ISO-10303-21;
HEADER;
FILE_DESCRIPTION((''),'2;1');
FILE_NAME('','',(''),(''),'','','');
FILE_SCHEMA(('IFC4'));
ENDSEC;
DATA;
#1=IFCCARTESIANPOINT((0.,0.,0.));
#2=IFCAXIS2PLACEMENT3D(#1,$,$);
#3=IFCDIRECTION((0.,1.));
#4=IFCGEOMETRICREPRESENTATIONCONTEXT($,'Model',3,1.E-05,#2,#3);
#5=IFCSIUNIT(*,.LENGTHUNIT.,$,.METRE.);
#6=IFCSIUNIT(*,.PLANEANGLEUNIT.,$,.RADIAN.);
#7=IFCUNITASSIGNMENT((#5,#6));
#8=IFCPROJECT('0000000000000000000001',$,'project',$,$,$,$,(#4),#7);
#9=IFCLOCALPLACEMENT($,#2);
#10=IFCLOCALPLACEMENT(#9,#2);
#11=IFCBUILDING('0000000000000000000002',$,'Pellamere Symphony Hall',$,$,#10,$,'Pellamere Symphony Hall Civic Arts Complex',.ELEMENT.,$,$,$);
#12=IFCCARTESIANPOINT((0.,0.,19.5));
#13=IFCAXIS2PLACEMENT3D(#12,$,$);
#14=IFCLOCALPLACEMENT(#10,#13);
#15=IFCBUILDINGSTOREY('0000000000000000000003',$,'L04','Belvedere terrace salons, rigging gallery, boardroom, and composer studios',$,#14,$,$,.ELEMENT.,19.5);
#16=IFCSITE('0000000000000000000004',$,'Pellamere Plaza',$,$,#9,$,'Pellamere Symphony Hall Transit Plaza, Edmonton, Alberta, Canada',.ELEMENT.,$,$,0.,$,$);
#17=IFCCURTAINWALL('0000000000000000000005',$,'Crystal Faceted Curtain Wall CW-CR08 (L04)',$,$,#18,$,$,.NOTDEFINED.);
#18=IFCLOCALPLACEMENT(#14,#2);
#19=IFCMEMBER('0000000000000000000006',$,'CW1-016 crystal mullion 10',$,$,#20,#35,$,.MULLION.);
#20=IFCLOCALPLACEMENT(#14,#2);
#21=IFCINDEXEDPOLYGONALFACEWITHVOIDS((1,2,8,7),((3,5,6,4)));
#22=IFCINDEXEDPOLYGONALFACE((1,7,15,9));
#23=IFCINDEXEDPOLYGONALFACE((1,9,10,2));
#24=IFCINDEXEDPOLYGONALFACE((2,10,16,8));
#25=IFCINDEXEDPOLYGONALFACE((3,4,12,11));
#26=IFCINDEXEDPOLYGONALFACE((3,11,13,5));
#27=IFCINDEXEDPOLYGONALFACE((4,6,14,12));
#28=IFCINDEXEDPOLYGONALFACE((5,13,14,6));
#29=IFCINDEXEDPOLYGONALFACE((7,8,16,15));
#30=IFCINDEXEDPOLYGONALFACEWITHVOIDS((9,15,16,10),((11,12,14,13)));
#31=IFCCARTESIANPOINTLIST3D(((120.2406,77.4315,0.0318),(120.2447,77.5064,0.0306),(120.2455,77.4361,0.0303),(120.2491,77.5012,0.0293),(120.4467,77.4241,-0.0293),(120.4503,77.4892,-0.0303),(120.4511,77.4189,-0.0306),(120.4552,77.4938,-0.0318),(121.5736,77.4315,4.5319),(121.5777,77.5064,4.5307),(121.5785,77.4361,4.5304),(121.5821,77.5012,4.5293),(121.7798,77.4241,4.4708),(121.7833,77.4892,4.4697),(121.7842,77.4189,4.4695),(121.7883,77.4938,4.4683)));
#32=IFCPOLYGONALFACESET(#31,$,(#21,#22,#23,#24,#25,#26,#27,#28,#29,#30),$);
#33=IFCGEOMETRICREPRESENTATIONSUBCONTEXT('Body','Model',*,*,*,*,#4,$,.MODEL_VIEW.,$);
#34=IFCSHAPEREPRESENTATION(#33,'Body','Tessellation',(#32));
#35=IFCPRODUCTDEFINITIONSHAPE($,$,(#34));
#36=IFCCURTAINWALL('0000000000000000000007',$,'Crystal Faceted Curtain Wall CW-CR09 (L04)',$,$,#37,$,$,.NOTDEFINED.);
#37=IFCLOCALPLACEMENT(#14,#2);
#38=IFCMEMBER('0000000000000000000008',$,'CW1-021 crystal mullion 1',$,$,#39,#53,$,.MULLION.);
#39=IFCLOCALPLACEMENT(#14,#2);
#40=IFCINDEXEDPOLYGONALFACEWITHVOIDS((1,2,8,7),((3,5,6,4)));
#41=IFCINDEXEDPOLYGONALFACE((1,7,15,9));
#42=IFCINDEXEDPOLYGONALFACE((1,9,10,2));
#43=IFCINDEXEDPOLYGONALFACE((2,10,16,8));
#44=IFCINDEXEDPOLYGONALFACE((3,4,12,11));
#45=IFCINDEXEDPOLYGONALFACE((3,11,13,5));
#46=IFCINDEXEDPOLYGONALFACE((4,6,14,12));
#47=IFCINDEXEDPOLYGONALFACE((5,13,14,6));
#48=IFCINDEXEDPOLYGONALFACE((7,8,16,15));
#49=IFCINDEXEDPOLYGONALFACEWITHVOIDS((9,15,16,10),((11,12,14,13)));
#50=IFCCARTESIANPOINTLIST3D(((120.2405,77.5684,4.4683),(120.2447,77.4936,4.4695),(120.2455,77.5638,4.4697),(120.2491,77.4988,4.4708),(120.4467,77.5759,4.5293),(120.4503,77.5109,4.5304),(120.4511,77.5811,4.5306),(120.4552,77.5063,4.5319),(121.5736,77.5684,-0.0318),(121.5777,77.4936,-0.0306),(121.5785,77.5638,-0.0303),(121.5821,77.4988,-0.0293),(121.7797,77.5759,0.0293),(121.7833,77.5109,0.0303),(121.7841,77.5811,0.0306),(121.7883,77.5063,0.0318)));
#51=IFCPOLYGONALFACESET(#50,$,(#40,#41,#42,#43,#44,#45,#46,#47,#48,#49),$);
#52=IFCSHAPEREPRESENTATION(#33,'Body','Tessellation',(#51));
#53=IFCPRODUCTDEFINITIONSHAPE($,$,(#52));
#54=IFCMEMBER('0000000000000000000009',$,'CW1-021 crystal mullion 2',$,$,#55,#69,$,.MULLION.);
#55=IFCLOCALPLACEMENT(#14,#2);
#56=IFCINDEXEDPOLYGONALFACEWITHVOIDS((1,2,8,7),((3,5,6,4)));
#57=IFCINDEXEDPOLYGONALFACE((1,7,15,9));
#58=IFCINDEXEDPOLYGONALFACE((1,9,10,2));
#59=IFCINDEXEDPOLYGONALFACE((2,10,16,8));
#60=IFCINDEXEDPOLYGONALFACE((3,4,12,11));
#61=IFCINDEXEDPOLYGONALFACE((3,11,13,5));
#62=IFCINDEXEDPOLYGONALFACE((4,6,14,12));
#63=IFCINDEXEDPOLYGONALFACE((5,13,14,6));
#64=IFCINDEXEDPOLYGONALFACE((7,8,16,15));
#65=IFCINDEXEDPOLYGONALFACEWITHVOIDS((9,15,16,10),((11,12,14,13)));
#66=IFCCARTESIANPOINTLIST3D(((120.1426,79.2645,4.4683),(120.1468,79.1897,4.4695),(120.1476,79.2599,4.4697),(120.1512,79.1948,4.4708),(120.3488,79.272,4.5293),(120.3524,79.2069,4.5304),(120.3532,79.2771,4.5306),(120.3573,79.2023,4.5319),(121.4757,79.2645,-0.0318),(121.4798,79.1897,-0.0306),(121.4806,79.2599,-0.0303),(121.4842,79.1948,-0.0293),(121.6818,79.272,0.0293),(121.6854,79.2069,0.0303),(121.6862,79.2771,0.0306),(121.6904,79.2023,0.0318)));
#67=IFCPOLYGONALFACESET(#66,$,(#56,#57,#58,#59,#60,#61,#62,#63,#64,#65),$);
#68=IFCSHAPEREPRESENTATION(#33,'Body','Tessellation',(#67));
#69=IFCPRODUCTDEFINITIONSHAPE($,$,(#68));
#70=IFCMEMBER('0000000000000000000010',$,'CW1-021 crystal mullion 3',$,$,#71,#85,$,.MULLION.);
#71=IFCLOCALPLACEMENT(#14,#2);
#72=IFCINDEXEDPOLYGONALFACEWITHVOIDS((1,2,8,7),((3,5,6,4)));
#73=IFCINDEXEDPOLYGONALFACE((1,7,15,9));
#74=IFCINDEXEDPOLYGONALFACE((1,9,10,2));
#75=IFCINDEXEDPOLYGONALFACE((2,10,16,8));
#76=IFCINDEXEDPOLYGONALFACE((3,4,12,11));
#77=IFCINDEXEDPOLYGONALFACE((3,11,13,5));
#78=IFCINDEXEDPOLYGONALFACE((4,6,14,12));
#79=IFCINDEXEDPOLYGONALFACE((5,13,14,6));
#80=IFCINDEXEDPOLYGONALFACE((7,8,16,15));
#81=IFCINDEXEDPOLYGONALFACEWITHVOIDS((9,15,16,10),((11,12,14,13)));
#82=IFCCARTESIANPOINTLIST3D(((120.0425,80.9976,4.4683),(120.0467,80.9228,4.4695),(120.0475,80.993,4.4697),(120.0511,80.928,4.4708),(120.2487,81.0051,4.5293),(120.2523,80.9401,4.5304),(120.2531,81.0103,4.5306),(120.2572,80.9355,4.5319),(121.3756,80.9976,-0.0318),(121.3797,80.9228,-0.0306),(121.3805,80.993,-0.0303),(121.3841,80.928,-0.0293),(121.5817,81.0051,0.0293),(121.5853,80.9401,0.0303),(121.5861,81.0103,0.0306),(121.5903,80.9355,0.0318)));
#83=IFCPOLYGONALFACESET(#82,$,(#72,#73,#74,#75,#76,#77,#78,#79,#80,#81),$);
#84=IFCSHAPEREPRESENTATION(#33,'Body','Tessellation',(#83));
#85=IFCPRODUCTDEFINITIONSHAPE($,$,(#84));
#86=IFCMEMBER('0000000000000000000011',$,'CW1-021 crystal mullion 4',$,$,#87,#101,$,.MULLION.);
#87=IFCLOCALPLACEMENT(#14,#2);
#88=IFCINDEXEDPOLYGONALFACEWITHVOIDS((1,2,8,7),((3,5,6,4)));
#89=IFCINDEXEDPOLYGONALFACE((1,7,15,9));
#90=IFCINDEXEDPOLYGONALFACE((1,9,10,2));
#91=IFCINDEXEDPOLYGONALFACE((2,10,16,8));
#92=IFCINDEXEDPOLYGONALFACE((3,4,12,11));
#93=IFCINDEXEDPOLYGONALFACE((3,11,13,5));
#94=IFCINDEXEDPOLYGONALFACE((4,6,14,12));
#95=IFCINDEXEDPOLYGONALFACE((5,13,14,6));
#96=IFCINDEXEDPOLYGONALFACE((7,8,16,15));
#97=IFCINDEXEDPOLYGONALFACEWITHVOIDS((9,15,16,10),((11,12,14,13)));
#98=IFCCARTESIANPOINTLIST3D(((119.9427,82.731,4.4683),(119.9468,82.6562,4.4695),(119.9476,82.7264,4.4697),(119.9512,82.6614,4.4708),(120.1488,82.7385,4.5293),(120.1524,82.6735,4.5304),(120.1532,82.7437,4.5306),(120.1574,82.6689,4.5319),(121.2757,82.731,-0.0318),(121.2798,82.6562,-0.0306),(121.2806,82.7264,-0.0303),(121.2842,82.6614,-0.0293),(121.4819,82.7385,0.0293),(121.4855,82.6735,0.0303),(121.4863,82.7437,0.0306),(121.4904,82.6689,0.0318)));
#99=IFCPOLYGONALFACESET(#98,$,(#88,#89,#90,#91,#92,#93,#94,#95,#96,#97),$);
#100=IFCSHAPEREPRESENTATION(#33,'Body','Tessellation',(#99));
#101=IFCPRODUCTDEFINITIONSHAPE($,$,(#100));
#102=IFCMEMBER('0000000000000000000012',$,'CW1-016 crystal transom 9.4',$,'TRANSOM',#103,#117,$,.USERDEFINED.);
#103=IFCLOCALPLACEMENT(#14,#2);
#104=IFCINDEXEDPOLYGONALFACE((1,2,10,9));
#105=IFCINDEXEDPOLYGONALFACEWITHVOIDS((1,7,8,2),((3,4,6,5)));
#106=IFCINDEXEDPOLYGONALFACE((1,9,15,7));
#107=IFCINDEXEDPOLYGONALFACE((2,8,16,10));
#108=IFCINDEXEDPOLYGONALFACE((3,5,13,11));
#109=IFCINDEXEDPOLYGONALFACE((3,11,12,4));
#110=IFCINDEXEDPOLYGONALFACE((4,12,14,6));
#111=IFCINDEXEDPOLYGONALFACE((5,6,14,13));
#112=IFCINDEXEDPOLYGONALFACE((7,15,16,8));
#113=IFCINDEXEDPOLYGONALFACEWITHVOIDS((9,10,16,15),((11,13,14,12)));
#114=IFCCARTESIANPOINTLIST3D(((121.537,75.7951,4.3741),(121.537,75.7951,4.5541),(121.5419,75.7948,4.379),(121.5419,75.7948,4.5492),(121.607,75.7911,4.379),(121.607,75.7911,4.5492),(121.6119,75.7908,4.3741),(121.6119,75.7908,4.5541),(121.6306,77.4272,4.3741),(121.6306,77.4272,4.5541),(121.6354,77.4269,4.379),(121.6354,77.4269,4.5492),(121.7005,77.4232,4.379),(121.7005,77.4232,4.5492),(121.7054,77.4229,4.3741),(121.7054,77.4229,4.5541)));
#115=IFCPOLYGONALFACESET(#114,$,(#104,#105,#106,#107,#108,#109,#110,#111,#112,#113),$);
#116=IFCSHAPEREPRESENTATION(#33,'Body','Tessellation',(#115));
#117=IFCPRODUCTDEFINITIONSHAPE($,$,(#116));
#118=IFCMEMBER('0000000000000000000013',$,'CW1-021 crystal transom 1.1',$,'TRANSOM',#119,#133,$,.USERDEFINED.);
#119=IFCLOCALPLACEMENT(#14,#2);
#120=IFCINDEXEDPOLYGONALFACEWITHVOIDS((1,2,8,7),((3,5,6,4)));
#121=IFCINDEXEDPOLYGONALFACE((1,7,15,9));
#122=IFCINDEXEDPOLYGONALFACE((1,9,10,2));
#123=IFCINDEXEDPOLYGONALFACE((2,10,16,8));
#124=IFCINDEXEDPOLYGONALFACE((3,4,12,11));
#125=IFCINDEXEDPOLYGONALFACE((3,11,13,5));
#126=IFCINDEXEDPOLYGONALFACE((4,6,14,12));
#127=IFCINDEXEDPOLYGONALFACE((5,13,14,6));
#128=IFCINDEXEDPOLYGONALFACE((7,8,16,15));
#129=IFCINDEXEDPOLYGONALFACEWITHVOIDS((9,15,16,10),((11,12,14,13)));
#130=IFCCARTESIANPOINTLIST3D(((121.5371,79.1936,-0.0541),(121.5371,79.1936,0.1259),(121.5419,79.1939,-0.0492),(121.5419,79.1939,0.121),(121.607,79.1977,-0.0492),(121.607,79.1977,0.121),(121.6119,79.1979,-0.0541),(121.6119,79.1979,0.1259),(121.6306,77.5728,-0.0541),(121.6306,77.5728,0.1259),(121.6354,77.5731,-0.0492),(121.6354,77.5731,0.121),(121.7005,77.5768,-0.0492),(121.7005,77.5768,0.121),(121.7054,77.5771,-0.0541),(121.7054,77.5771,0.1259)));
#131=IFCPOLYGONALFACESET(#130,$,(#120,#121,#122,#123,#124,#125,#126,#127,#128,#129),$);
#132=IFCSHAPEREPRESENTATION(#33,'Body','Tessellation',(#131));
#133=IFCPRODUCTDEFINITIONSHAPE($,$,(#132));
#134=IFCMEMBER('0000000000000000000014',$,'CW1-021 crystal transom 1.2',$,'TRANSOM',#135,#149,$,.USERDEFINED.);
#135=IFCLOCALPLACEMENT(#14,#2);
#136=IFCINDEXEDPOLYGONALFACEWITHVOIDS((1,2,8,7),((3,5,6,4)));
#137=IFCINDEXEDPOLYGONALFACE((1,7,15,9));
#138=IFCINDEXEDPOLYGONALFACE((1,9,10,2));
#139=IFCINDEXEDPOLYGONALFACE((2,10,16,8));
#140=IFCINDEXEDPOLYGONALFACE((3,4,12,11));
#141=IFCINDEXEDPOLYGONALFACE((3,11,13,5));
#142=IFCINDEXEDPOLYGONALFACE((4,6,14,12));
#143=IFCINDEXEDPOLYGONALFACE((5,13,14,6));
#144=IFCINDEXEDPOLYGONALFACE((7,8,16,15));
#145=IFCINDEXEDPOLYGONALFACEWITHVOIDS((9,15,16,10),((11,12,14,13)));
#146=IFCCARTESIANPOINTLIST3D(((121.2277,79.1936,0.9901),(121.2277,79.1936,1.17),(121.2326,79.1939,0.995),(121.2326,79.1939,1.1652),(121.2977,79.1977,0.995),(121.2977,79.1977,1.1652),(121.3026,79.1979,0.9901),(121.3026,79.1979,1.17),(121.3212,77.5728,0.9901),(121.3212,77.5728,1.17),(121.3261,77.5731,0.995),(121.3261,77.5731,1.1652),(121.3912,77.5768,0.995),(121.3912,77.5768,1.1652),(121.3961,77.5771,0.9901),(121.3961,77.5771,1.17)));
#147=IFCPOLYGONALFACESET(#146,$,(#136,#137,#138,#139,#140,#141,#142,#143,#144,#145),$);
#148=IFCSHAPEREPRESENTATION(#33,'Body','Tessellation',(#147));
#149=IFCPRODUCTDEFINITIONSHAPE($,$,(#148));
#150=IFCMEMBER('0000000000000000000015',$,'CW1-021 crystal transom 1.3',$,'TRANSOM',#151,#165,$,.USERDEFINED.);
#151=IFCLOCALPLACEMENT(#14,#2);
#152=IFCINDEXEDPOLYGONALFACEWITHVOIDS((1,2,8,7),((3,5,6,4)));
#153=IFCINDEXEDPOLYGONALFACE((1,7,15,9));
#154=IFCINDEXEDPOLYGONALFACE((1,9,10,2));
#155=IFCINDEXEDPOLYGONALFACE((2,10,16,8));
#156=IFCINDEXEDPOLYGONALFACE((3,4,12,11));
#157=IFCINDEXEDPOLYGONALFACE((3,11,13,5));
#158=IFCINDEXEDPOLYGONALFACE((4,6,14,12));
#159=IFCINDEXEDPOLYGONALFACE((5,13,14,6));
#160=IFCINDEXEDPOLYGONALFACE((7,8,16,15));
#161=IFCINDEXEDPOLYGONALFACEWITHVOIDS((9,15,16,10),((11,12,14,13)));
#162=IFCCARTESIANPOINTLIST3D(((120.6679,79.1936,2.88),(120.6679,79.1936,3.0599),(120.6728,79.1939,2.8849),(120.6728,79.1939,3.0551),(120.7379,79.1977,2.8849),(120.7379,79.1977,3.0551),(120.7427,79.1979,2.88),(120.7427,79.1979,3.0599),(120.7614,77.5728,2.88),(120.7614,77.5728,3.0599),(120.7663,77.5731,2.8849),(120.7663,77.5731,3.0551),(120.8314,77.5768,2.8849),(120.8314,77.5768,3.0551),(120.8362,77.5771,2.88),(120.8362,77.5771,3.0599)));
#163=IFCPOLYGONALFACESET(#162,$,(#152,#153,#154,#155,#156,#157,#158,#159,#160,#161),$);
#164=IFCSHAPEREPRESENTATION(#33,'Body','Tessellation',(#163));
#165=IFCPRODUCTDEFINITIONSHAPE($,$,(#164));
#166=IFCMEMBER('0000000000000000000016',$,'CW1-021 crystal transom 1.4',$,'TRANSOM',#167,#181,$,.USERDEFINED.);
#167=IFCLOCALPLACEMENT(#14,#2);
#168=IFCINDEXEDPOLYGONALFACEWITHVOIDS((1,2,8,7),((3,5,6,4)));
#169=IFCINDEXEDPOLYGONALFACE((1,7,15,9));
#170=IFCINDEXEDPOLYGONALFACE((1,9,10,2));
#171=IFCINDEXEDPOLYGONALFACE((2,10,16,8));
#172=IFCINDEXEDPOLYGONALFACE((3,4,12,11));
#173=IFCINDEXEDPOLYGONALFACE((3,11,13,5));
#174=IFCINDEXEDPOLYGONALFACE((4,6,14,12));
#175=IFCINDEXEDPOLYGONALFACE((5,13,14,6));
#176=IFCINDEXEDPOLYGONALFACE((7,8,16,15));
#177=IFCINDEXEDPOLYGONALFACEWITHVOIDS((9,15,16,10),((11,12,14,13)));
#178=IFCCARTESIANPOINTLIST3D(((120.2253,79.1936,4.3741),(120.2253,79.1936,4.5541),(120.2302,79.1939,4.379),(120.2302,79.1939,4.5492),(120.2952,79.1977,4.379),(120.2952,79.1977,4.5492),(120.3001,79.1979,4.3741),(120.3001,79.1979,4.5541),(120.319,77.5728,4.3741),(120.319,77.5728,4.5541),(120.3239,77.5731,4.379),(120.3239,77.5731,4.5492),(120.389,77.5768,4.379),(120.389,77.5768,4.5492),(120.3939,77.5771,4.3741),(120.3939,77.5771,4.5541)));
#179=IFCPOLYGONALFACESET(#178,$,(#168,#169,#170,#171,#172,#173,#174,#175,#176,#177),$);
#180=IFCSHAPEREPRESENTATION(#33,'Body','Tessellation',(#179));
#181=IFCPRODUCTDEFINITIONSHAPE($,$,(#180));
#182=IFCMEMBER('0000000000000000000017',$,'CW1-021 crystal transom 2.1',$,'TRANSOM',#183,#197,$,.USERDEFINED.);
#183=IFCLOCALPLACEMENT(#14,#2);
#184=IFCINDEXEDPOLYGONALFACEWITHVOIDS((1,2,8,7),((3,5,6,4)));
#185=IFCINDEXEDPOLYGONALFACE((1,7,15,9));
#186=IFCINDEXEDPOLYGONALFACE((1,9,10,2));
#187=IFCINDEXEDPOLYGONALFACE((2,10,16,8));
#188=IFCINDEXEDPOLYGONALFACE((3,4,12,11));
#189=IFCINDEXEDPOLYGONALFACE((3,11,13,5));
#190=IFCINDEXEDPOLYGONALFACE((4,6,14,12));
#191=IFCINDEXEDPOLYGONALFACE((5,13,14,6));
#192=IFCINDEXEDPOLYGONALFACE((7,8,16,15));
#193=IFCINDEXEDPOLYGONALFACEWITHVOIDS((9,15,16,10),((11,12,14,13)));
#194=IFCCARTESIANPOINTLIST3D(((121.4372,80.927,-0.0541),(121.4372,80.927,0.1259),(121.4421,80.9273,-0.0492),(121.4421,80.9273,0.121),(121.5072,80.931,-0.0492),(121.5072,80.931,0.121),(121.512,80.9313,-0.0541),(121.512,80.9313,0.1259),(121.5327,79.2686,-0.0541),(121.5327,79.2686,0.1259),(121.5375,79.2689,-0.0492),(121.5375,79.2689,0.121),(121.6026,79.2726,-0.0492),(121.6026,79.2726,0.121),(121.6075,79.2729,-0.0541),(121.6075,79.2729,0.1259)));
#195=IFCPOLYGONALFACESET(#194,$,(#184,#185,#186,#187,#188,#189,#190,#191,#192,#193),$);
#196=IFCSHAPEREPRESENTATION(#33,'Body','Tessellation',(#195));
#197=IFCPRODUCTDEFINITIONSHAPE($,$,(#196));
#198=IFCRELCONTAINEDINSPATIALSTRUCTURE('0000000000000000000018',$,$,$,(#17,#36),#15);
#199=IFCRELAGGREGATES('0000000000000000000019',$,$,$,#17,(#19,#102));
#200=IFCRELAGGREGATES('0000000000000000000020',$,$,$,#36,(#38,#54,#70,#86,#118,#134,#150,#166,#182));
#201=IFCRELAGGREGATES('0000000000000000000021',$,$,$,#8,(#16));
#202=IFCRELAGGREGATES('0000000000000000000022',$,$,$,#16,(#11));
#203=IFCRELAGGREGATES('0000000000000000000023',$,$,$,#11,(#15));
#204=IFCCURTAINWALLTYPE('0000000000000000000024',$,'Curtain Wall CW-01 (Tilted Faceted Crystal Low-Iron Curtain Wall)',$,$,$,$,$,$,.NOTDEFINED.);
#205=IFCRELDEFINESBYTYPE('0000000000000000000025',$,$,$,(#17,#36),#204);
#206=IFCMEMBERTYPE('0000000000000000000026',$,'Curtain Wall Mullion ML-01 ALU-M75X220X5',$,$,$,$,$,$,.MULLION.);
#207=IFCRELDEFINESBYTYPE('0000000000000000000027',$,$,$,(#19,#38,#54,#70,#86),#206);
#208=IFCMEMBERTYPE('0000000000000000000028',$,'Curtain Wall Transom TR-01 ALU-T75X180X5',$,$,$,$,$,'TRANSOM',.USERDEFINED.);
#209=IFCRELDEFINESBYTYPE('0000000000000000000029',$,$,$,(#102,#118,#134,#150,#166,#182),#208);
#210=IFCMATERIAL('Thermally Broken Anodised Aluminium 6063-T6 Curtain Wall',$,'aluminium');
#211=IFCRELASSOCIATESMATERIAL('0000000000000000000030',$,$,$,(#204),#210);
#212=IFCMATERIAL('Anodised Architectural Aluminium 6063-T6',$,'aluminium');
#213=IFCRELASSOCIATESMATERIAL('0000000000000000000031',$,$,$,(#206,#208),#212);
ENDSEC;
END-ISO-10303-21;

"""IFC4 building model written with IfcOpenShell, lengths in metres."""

from ifc_helpers import new_model, si_unit, direction, frame, origin, origin_2d, place, context, subcontext, project, spatial, hollow_rectangle, extrude, material, material_profile, profile_set, type_object, element, aggregate, save


model = new_model("IFC4")

# Units and contexts
model_context = context("Model", 3, precision=1e-05, world=origin(), true_north=direction((0.0, 1.0)))
body_context = subcontext(model_context, "Body", "Model", "MODEL_VIEW")
ifc_project = project(units=[si_unit("LENGTHUNIT", "METRE"), si_unit("PLANEANGLEUNIT", "RADIAN")], contexts=[model_context])

# Site, building, storey
site_placement = place(None, origin())
site = spatial("IfcSite", under=ifc_project, at=site_placement, Name="Pellamere Plaza", LongName="Pellamere Symphony Hall Transit Plaza, Edmonton, Alberta, Canada", CompositionType="ELEMENT", RefElevation=0.0)
building_placement = place(site_placement, origin())
building = spatial("IfcBuilding", under=site, at=building_placement, Name="Pellamere Symphony Hall", LongName="Pellamere Symphony Hall Civic Arts Complex", CompositionType="ELEMENT")
storey_placement = place(building_placement, frame((0.0, 0.0, 19.5)))
storey = spatial("IfcBuildingStorey", under=building, at=storey_placement, Name="L04", Description="Belvedere terrace salons, rigging gallery, boardroom, and composer studios", CompositionType="ELEMENT", Elevation=19.5)

# Curtain wall, member
ifc_material_1 = material(Name="Thermally Broken Anodised Aluminium 6063-T6 Curtain Wall", Category="aluminium")
curtain_wall_type = type_object("IfcCurtainWallType", Name="Curtain Wall CW-01 (Tilted Faceted Crystal Low-Iron Curtain Wall)", PredefinedType="NOTDEFINED", material=ifc_material_1)
curtain_wall_1_placement = place(storey_placement, origin())
curtain_wall_1 = element("IfcCurtainWall", 1, at=curtain_wall_1_placement, inside=storey, type_object=curtain_wall_type, Name="Crystal Faceted Curtain Wall CW-CR08 (L04)", PredefinedType="NOTDEFINED")
ifc_material_2 = material(Name="Anodised Architectural Aluminium 6063-T6", Category="aluminium")
ifc_material_profile_1 = material_profile(ifc_material_2, hollow_rectangle(XDim=0.075, YDim=0.22, WallThickness=0.0049, at=origin_2d()), Name="ALU-M75X220X5")
ifc_profile_set_1 = profile_set([ifc_material_profile_1], Name="Anodised Architectural Aluminium 6063-T6")
member_type_1 = type_object("IfcMemberType", Name="Curtain Wall Mullion ML-01 ALU-M75X220X5", PredefinedType="MULLION", material=ifc_profile_set_1)
member_1_placement = place(storey_placement, frame((120.3479, 77.4626, 0.0), z_axis=(0.284025, 0.0, 0.958817), x_axis=(-0.054874, -0.998361, 0.016255)))
member_1 = element("IfcMember", 2, at=member_1_placement, type_object=member_type_1, Name="CW1-016 crystal mullion 10", PredefinedType="MULLION", context=body_context, shape_type="SweptSolid", body=[
    extrude(hollow_rectangle(XDim=0.075, YDim=0.22, WallThickness=0.0049, at=origin_2d()), origin(), (0.0, 0.0, 1.0), 4.6934),
])

# Curtain wall, members
curtain_wall_2_placement = place(storey_placement, origin())
curtain_wall_2 = element("IfcCurtainWall", 3, at=curtain_wall_2_placement, inside=storey, type_object=curtain_wall_type, Name="Crystal Faceted Curtain Wall CW-CR09 (L04)", PredefinedType="NOTDEFINED")
member_2_placement = place(storey_placement, frame((121.6809, 77.5374, 0.0), z_axis=(-0.284025, 0.0, 0.958817), x_axis=(-0.055225, 0.99834, -0.016359)))
member_2 = element("IfcMember", 4, at=member_2_placement, type_object=member_type_1, Name="CW1-021 crystal mullion 1", PredefinedType="MULLION", context=body_context, shape_type="SweptSolid", body=[
    extrude(hollow_rectangle(XDim=0.075, YDim=0.22, WallThickness=0.0049, at=origin_2d()), origin(), (0.0, 0.0, 1.0), 4.6934),
])
member_3_placement = place(storey_placement, frame((121.583, 79.2334, 0.0), z_axis=(-0.284025, 0.0, 0.958817), x_axis=(-0.055225, 0.99834, -0.016359)))
member_3 = element("IfcMember", 5, at=member_3_placement, type_object=member_type_1, Name="CW1-021 crystal mullion 2", PredefinedType="MULLION", context=body_context, shape_type="SweptSolid", body=[
    extrude(hollow_rectangle(XDim=0.075, YDim=0.22, WallThickness=0.0049, at=origin_2d()), origin(), (0.0, 0.0, 1.0), 4.6934),
])
member_4_placement = place(storey_placement, frame((121.4829, 80.9666, 0.0), z_axis=(-0.284025, 0.0, 0.958817), x_axis=(-0.055225, 0.99834, -0.016359)))
member_4 = element("IfcMember", 6, at=member_4_placement, type_object=member_type_1, Name="CW1-021 crystal mullion 3", PredefinedType="MULLION", context=body_context, shape_type="SweptSolid", body=[
    extrude(hollow_rectangle(XDim=0.075, YDim=0.22, WallThickness=0.0049, at=origin_2d()), origin(), (0.0, 0.0, 1.0), 4.6934),
])
member_5_placement = place(storey_placement, frame((121.3831, 82.7, 0.0), z_axis=(-0.284025, 0.0, 0.958817), x_axis=(-0.055225, 0.99834, -0.016359)))
member_5 = element("IfcMember", 7, at=member_5_placement, type_object=member_type_1, Name="CW1-021 crystal mullion 4", PredefinedType="MULLION", context=body_context, shape_type="SweptSolid", body=[
    extrude(hollow_rectangle(XDim=0.075, YDim=0.22, WallThickness=0.0049, at=origin_2d()), origin(), (0.0, 0.0, 1.0), 4.6934),
])

# Members
ifc_material_profile_2 = material_profile(ifc_material_2, hollow_rectangle(XDim=0.075, YDim=0.1799, WallThickness=0.0049, at=origin_2d()), Name="ALU-T75X180X5")
ifc_profile_set_2 = profile_set([ifc_material_profile_2], Name="Anodised Architectural Aluminium 6063-T6")
member_type_2 = type_object("IfcMemberType", Name="Curtain Wall Transom TR-01 ALU-T75X180X5", ElementType="TRANSOM", PredefinedType="USERDEFINED", material=ifc_profile_set_2)
member_6_placement = place(storey_placement, frame((121.5745, 75.793, 4.4641), z_axis=(0.057199, 0.998363, 0.0), x_axis=(-0.998363, 0.057199, 0.0)))
member_6 = element("IfcMember", 8, at=member_6_placement, type_object=member_type_2, Name="CW1-016 crystal transom 9.4", ObjectType="TRANSOM", PredefinedType="USERDEFINED", context=body_context, shape_type="SweptSolid", body=[
    extrude(hollow_rectangle(XDim=0.075, YDim=0.1799, WallThickness=0.0049, at=origin_2d()), origin(), (0.0, 0.0, 1.0), 1.6348),
])
aggregate(curtain_wall_1, [member_1, member_6])
member_7_placement = place(storey_placement, frame((121.668, 77.575, 0.0359), z_axis=(-0.057594, 0.99834, 0.0), x_axis=(-0.99834, -0.057594, 0.0)))
member_7 = element("IfcMember", 9, at=member_7_placement, type_object=member_type_2, Name="CW1-021 crystal transom 1.1", ObjectType="TRANSOM", PredefinedType="USERDEFINED", context=body_context, shape_type="SweptSolid", body=[
    extrude(hollow_rectangle(XDim=0.075, YDim=0.1799, WallThickness=0.0049, at=origin_2d()), origin(), (0.0, 0.0, 1.0), 1.6235),
])
member_8_placement = place(storey_placement, frame((121.3586, 77.575, 1.0801), z_axis=(-0.057594, 0.99834, 0.0), x_axis=(-0.99834, -0.057594, 0.0)))
member_8 = element("IfcMember", 10, at=member_8_placement, type_object=member_type_2, Name="CW1-021 crystal transom 1.2", ObjectType="TRANSOM", PredefinedType="USERDEFINED", context=body_context, shape_type="SweptSolid", body=[
    extrude(hollow_rectangle(XDim=0.075, YDim=0.1799, WallThickness=0.0049, at=origin_2d()), origin(), (0.0, 0.0, 1.0), 1.6235),
])
member_9_placement = place(storey_placement, frame((120.7988, 77.575, 2.97), z_axis=(-0.057594, 0.99834, 0.0), x_axis=(-0.99834, -0.057594, 0.0)))
member_9 = element("IfcMember", 11, at=member_9_placement, type_object=member_type_2, Name="CW1-021 crystal transom 1.3", ObjectType="TRANSOM", PredefinedType="USERDEFINED", context=body_context, shape_type="SweptSolid", body=[
    extrude(hollow_rectangle(XDim=0.075, YDim=0.1799, WallThickness=0.0049, at=origin_2d()), origin(), (0.0, 0.0, 1.0), 1.6235),
])
member_10_placement = place(storey_placement, frame((120.3564, 77.575, 4.4641), z_axis=(-0.057744, 0.998331, 0.0), x_axis=(-0.998331, -0.057744, 0.0)))
member_10 = element("IfcMember", 12, at=member_10_placement, type_object=member_type_2, Name="CW1-021 crystal transom 1.4", ObjectType="TRANSOM", PredefinedType="USERDEFINED", context=body_context, shape_type="SweptSolid", body=[
    extrude(hollow_rectangle(XDim=0.075, YDim=0.1799, WallThickness=0.0049, at=origin_2d()), origin(), (0.0, 0.0, 1.0), 1.6235),
])
member_11_placement = place(storey_placement, frame((121.5701, 79.2708, 0.0359), z_axis=(-0.057464, 0.998348, 0.0), x_axis=(-0.998348, -0.057464, 0.0)))
member_11 = element("IfcMember", 13, at=member_11_placement, type_object=member_type_2, Name="CW1-021 crystal transom 2.1", ObjectType="TRANSOM", PredefinedType="USERDEFINED", context=body_context, shape_type="SweptSolid", body=[
    extrude(hollow_rectangle(XDim=0.075, YDim=0.1799, WallThickness=0.0049, at=origin_2d()), origin(), (0.0, 0.0, 1.0), 1.6611),
])

aggregate(curtain_wall_2, [member_2, member_3, member_4, member_5, member_7, member_8, member_9, member_10, member_11])

save(model, "model.ifc")
